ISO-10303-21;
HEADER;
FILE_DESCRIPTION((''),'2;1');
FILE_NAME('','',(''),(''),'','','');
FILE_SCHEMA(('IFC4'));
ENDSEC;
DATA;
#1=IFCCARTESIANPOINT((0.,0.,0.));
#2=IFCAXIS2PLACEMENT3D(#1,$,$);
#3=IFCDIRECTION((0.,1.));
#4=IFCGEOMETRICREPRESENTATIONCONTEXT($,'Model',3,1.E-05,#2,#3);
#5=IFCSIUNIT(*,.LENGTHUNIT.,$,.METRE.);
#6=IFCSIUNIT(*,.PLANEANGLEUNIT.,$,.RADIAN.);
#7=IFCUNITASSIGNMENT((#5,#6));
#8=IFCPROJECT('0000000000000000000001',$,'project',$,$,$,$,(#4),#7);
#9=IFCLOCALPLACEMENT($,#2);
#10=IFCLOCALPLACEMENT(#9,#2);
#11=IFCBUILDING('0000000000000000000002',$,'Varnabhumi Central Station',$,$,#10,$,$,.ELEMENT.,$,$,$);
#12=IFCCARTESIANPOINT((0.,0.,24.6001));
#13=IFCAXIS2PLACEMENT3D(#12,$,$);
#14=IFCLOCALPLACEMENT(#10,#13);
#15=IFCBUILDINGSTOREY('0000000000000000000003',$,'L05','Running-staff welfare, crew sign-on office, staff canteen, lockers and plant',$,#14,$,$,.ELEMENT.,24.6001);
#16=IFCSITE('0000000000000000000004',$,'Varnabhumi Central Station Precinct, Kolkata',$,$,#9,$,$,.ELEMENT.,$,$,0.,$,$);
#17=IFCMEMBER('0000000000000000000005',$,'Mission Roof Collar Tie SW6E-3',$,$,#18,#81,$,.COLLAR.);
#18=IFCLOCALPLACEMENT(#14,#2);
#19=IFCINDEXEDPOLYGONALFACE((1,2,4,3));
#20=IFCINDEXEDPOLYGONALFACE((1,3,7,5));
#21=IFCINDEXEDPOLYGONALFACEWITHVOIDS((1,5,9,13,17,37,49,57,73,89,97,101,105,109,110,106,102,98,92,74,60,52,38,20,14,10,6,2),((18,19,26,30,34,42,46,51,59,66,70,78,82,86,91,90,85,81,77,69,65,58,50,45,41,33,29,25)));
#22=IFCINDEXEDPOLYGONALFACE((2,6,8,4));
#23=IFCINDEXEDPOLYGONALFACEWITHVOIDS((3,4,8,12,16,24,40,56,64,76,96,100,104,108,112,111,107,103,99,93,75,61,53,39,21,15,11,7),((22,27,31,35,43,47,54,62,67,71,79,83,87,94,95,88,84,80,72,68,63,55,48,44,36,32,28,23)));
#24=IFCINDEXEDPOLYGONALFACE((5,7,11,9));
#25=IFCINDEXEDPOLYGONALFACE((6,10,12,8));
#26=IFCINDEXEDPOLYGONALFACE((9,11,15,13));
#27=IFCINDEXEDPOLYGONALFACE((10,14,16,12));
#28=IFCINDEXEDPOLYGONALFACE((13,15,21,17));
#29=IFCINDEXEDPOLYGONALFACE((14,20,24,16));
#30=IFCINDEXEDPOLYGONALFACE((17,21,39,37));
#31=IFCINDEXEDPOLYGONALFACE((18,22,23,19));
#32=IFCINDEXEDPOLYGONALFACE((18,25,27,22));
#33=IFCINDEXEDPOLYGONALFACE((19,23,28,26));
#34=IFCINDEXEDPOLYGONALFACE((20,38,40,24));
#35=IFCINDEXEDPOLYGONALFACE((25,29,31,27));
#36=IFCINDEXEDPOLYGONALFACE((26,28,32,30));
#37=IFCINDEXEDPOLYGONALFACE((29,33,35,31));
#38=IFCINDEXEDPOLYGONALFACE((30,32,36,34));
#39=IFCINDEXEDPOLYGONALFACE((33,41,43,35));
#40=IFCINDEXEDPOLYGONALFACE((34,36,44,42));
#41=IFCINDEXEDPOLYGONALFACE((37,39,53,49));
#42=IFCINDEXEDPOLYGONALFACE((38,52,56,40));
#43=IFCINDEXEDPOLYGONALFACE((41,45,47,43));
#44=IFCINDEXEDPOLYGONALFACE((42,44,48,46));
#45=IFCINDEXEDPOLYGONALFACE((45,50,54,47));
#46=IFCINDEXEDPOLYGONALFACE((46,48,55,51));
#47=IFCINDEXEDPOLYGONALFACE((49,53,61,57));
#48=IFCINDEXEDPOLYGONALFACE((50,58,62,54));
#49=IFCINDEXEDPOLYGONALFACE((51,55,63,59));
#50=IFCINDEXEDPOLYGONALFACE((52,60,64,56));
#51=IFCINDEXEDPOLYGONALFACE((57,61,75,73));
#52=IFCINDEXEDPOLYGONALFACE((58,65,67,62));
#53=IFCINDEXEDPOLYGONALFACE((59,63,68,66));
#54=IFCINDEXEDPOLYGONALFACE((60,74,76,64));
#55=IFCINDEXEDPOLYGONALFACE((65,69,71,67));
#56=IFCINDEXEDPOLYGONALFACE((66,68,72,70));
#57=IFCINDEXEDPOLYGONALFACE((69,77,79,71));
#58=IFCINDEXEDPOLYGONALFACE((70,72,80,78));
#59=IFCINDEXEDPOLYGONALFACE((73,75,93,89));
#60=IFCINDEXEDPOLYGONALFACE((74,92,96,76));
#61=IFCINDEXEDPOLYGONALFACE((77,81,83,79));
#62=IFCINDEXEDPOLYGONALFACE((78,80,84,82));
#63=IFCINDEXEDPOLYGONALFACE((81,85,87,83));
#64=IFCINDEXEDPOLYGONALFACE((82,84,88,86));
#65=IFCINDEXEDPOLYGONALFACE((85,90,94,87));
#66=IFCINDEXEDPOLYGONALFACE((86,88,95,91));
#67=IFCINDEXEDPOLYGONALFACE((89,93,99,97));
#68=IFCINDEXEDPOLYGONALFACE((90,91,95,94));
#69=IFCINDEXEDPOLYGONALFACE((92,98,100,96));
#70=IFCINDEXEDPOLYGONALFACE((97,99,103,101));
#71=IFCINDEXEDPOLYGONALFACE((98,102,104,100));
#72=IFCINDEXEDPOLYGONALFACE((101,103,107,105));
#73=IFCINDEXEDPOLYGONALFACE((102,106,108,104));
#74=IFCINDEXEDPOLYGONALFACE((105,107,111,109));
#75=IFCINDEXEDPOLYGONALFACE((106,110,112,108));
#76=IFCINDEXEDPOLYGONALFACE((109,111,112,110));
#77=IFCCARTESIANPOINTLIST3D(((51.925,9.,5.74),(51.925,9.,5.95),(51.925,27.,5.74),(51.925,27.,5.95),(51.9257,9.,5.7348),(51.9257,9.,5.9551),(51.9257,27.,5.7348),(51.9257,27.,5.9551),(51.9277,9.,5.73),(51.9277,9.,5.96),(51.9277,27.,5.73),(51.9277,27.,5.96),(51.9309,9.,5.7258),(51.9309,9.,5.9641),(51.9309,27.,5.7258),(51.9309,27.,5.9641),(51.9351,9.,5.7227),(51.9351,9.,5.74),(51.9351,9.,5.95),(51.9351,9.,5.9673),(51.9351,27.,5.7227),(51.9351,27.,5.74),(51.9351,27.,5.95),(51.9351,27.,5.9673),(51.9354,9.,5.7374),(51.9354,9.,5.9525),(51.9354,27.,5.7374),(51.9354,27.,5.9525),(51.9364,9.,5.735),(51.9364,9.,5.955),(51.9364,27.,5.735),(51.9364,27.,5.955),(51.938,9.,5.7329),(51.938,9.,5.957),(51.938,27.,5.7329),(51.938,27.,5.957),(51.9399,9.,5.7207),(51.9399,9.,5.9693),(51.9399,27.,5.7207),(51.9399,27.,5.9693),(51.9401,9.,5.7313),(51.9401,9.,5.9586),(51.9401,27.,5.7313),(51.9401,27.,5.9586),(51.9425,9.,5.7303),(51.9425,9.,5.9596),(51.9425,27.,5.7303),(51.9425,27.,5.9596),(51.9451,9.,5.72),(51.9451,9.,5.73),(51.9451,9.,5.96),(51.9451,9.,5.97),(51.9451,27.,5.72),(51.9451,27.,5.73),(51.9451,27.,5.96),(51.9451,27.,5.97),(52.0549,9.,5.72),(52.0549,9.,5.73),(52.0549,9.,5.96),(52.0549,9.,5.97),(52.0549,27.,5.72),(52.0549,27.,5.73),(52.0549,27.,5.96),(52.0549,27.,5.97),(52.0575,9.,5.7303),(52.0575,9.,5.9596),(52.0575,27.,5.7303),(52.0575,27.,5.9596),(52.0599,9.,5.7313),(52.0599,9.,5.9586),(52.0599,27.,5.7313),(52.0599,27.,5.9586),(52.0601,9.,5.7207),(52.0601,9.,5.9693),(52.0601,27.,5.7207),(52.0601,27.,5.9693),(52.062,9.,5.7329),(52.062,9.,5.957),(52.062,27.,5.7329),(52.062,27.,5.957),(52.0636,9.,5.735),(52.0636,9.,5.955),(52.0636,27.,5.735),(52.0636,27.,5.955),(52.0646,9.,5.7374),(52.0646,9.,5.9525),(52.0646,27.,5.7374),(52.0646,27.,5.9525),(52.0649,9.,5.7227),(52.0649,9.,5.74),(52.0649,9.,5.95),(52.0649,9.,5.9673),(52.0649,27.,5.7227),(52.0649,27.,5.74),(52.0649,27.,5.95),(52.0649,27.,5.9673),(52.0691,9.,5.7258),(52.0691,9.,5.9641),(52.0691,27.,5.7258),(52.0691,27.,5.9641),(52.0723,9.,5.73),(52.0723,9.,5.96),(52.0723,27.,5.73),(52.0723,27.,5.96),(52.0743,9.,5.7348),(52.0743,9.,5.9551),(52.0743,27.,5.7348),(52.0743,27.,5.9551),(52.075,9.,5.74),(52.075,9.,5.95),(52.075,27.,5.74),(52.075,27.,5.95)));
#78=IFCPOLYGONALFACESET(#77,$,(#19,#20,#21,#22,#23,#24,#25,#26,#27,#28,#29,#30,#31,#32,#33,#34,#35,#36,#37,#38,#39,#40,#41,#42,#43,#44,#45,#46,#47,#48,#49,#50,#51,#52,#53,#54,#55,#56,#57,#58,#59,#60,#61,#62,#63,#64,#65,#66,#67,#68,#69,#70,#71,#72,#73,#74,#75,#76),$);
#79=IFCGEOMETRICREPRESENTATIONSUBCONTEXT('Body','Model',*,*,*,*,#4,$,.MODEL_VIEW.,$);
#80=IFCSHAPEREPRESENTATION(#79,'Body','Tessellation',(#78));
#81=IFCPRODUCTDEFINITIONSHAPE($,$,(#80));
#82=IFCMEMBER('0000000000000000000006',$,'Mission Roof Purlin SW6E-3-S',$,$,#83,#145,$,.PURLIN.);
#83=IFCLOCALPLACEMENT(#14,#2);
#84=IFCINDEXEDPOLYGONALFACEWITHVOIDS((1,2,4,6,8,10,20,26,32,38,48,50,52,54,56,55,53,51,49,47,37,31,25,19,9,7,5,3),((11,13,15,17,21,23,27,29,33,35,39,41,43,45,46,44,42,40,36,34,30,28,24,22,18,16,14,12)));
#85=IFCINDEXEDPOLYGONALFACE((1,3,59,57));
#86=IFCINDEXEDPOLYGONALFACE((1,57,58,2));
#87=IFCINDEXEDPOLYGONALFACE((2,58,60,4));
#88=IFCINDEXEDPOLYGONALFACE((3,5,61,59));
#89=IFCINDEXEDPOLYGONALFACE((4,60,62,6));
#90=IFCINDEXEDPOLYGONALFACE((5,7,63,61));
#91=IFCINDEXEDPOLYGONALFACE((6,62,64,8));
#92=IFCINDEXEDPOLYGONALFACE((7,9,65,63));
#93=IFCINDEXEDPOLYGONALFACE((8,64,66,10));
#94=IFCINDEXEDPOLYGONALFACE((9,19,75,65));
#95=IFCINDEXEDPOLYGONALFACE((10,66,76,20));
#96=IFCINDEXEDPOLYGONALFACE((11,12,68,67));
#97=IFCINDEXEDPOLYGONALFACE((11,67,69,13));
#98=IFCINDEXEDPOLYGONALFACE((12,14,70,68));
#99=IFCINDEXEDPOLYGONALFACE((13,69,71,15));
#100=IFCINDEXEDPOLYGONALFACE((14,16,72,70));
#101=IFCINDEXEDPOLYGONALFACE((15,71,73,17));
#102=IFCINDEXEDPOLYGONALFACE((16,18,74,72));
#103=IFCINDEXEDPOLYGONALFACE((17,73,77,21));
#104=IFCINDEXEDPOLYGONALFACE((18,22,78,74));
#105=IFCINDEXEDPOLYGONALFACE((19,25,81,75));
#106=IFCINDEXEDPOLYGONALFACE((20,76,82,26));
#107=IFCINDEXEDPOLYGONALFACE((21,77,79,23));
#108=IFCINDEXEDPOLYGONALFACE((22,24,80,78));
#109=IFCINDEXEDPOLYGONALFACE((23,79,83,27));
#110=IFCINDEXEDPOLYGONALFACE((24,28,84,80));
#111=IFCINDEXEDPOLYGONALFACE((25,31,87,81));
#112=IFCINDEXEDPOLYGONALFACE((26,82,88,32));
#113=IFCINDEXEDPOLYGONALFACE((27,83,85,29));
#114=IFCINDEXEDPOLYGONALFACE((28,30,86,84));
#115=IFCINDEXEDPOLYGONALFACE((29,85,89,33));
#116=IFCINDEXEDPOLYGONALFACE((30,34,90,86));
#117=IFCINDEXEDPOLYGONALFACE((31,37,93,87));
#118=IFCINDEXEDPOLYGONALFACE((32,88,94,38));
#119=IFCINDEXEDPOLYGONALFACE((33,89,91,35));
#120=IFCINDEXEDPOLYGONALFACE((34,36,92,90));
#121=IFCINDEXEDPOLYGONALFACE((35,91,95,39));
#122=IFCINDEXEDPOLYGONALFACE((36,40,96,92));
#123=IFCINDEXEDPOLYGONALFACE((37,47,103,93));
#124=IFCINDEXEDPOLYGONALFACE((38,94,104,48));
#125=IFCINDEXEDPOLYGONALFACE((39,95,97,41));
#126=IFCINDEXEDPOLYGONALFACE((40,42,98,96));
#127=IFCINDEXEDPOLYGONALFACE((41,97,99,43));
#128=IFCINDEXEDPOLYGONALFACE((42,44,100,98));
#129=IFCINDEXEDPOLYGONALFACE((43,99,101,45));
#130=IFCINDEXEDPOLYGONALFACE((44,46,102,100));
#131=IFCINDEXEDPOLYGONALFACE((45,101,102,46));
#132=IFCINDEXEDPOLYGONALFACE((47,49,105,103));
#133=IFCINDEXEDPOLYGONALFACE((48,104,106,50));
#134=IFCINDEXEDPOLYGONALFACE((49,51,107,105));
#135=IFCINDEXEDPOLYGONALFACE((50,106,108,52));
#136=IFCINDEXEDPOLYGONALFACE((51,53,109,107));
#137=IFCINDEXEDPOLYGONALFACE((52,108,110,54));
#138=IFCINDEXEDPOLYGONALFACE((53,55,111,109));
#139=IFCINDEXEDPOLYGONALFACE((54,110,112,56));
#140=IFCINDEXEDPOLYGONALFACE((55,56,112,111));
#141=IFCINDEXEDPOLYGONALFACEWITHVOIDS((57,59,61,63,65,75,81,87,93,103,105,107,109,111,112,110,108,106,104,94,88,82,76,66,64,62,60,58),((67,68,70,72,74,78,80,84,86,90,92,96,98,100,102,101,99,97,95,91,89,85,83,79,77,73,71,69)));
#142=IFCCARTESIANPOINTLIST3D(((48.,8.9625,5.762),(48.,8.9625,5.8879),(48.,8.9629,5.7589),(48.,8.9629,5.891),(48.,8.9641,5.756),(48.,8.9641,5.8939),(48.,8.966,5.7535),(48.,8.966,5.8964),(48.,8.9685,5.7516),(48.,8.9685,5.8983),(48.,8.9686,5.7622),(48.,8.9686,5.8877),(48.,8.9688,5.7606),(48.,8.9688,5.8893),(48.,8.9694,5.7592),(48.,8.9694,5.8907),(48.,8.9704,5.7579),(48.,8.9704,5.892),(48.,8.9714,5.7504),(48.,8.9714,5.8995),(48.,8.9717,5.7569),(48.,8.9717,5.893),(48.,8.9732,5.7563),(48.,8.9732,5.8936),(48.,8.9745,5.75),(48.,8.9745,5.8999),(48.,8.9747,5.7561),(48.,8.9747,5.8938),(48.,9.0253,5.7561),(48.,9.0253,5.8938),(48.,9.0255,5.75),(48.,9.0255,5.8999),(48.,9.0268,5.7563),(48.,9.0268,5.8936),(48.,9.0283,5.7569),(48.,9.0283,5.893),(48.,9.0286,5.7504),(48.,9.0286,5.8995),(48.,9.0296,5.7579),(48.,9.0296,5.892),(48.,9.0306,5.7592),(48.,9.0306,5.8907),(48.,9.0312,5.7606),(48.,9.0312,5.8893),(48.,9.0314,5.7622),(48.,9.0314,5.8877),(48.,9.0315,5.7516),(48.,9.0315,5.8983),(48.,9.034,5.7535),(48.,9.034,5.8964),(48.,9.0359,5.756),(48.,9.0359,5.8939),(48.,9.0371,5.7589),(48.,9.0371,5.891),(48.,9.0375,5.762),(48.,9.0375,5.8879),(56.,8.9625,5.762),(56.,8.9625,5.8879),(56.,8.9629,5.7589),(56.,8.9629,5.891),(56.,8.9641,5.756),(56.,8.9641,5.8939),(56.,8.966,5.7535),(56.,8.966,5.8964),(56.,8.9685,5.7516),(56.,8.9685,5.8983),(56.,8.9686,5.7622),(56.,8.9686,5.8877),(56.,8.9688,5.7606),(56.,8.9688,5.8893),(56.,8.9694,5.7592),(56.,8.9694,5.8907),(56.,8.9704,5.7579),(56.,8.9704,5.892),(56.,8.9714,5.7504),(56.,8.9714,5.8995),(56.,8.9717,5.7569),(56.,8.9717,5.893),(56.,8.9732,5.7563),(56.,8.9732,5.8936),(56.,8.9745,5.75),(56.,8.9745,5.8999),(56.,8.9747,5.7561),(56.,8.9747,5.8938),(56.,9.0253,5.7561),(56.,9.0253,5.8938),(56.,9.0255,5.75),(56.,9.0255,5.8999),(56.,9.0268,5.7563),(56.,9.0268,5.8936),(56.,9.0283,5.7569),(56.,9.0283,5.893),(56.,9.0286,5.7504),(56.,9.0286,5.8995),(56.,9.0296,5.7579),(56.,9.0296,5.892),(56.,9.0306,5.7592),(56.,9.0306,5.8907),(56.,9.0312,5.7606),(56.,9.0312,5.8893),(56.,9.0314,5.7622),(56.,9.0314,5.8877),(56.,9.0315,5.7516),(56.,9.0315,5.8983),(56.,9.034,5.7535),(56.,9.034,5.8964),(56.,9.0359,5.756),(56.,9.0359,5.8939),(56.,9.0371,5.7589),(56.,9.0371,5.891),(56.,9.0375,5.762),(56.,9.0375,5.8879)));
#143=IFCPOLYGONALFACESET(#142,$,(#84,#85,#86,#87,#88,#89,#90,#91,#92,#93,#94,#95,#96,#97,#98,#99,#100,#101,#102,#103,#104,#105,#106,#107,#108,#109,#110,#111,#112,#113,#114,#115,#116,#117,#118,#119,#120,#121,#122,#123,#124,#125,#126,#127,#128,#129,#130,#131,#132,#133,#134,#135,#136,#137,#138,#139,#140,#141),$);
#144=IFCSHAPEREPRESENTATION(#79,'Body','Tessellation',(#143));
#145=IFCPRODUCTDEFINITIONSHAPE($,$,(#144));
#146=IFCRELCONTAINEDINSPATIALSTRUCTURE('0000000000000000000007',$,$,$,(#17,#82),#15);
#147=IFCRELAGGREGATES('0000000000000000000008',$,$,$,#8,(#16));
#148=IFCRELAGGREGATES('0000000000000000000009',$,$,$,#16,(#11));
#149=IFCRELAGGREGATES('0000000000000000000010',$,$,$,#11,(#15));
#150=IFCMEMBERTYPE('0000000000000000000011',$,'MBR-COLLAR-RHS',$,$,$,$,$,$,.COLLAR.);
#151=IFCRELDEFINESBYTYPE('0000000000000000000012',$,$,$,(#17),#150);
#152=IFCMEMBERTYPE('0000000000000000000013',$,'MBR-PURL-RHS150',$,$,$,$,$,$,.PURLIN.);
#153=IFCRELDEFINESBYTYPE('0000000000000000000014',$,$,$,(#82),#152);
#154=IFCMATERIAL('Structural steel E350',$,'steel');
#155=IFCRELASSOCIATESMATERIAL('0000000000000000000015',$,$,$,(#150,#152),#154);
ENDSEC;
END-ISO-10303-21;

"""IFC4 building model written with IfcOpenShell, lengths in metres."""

from ifc_helpers import new_model, si_unit, direction, frame, origin, origin_2d, place, context, subcontext, project, spatial, hollow_rectangle, extrude, material, material_profile, profile_set, type_object, element, save


model = new_model("IFC4")

# Units and contexts
model_context = context("Model", 3, precision=1e-05, world=origin(), true_north=direction((0.0, 1.0)))
body_context = subcontext(model_context, "Body", "Model", "MODEL_VIEW")
ifc_project = project(units=[si_unit("LENGTHUNIT", "METRE"), si_unit("PLANEANGLEUNIT", "RADIAN")], contexts=[model_context])

# Site, building, storey
site_placement = place(None, origin())
site = spatial("IfcSite", under=ifc_project, at=site_placement, Name="Varnabhumi Central Station Precinct, Kolkata", CompositionType="ELEMENT", RefElevation=0.0)
building_placement = place(site_placement, origin())
building = spatial("IfcBuilding", under=site, at=building_placement, Name="Varnabhumi Central Station", CompositionType="ELEMENT")
storey_placement = place(building_placement, frame((0.0, 0.0, 24.6001)))
storey = spatial("IfcBuildingStorey", under=building, at=storey_placement, Name="L05", Description="Running-staff welfare, crew sign-on office, staff canteen, lockers and plant", CompositionType="ELEMENT", Elevation=24.6001)

# Shared definitions
ifc_material_1 = material(Name="Structural steel E350", Category="steel")

# Members
ifc_material_profile_1 = material_profile(ifc_material_1, hollow_rectangle(XDim=0.1499, YDim=0.25, WallThickness=0.01, InnerFilletRadius=0.01, OuterFilletRadius=0.02, at=origin_2d()), Name="Structural steel E350", Category="steel")
ifc_profile_set_1 = profile_set([ifc_material_profile_1], Name="Structural steel E350")
member_type_1 = type_object("IfcMemberType", Name="MBR-COLLAR-RHS", PredefinedType="COLLAR", material=ifc_profile_set_1)
member_1_placement = place(storey_placement, frame((52.0, 9.0, 5.845), z_axis=(0.0, 1.0, 0.0), x_axis=(-1.0, 0.0, 0.0)))
element("IfcMember", 1, at=member_1_placement, inside=storey, type_object=member_type_1, Name="Mission Roof Collar Tie SW6E-3", PredefinedType="COLLAR", context=body_context, shape_type="SweptSolid", body=[
    extrude(hollow_rectangle(XDim=0.1499, YDim=0.25, WallThickness=0.01, InnerFilletRadius=0.01, OuterFilletRadius=0.02, at=origin_2d()), origin(), (0.0, 0.0, 1.0), 18.0),
])
ifc_material_profile_2 = material_profile(ifc_material_1, hollow_rectangle(XDim=0.075, YDim=0.1499, WallThickness=0.0061, InnerFilletRadius=0.0061, OuterFilletRadius=0.012, at=origin_2d()), Name="Structural steel E350", Category="steel")
ifc_profile_set_2 = profile_set([ifc_material_profile_2], Name="Structural steel E350")
member_type_2 = type_object("IfcMemberType", Name="MBR-PURL-RHS150", PredefinedType="PURLIN", material=ifc_profile_set_2)
for number, where, z_axis, x_axis, name in (
    (2, (48.0, 9.0, 5.825), (1.0, 0.0, 0.0), (0.0, 1.0, 0.0), "Mission Roof Purlin SW6E-3-S"),
):
    element("IfcMember", number, at=place(storey_placement, frame(where, z_axis=z_axis, x_axis=x_axis)), inside=storey, type_object=member_type_2, Name=name, PredefinedType="PURLIN", context=body_context, shape_type="SweptSolid", body=[
        extrude(hollow_rectangle(XDim=0.075, YDim=0.1499, WallThickness=0.0061, InnerFilletRadius=0.0061, OuterFilletRadius=0.012, at=origin_2d()), origin(), (0.0, 0.0, 1.0), 8.0),
    ])

save(model, "model.ifc")
